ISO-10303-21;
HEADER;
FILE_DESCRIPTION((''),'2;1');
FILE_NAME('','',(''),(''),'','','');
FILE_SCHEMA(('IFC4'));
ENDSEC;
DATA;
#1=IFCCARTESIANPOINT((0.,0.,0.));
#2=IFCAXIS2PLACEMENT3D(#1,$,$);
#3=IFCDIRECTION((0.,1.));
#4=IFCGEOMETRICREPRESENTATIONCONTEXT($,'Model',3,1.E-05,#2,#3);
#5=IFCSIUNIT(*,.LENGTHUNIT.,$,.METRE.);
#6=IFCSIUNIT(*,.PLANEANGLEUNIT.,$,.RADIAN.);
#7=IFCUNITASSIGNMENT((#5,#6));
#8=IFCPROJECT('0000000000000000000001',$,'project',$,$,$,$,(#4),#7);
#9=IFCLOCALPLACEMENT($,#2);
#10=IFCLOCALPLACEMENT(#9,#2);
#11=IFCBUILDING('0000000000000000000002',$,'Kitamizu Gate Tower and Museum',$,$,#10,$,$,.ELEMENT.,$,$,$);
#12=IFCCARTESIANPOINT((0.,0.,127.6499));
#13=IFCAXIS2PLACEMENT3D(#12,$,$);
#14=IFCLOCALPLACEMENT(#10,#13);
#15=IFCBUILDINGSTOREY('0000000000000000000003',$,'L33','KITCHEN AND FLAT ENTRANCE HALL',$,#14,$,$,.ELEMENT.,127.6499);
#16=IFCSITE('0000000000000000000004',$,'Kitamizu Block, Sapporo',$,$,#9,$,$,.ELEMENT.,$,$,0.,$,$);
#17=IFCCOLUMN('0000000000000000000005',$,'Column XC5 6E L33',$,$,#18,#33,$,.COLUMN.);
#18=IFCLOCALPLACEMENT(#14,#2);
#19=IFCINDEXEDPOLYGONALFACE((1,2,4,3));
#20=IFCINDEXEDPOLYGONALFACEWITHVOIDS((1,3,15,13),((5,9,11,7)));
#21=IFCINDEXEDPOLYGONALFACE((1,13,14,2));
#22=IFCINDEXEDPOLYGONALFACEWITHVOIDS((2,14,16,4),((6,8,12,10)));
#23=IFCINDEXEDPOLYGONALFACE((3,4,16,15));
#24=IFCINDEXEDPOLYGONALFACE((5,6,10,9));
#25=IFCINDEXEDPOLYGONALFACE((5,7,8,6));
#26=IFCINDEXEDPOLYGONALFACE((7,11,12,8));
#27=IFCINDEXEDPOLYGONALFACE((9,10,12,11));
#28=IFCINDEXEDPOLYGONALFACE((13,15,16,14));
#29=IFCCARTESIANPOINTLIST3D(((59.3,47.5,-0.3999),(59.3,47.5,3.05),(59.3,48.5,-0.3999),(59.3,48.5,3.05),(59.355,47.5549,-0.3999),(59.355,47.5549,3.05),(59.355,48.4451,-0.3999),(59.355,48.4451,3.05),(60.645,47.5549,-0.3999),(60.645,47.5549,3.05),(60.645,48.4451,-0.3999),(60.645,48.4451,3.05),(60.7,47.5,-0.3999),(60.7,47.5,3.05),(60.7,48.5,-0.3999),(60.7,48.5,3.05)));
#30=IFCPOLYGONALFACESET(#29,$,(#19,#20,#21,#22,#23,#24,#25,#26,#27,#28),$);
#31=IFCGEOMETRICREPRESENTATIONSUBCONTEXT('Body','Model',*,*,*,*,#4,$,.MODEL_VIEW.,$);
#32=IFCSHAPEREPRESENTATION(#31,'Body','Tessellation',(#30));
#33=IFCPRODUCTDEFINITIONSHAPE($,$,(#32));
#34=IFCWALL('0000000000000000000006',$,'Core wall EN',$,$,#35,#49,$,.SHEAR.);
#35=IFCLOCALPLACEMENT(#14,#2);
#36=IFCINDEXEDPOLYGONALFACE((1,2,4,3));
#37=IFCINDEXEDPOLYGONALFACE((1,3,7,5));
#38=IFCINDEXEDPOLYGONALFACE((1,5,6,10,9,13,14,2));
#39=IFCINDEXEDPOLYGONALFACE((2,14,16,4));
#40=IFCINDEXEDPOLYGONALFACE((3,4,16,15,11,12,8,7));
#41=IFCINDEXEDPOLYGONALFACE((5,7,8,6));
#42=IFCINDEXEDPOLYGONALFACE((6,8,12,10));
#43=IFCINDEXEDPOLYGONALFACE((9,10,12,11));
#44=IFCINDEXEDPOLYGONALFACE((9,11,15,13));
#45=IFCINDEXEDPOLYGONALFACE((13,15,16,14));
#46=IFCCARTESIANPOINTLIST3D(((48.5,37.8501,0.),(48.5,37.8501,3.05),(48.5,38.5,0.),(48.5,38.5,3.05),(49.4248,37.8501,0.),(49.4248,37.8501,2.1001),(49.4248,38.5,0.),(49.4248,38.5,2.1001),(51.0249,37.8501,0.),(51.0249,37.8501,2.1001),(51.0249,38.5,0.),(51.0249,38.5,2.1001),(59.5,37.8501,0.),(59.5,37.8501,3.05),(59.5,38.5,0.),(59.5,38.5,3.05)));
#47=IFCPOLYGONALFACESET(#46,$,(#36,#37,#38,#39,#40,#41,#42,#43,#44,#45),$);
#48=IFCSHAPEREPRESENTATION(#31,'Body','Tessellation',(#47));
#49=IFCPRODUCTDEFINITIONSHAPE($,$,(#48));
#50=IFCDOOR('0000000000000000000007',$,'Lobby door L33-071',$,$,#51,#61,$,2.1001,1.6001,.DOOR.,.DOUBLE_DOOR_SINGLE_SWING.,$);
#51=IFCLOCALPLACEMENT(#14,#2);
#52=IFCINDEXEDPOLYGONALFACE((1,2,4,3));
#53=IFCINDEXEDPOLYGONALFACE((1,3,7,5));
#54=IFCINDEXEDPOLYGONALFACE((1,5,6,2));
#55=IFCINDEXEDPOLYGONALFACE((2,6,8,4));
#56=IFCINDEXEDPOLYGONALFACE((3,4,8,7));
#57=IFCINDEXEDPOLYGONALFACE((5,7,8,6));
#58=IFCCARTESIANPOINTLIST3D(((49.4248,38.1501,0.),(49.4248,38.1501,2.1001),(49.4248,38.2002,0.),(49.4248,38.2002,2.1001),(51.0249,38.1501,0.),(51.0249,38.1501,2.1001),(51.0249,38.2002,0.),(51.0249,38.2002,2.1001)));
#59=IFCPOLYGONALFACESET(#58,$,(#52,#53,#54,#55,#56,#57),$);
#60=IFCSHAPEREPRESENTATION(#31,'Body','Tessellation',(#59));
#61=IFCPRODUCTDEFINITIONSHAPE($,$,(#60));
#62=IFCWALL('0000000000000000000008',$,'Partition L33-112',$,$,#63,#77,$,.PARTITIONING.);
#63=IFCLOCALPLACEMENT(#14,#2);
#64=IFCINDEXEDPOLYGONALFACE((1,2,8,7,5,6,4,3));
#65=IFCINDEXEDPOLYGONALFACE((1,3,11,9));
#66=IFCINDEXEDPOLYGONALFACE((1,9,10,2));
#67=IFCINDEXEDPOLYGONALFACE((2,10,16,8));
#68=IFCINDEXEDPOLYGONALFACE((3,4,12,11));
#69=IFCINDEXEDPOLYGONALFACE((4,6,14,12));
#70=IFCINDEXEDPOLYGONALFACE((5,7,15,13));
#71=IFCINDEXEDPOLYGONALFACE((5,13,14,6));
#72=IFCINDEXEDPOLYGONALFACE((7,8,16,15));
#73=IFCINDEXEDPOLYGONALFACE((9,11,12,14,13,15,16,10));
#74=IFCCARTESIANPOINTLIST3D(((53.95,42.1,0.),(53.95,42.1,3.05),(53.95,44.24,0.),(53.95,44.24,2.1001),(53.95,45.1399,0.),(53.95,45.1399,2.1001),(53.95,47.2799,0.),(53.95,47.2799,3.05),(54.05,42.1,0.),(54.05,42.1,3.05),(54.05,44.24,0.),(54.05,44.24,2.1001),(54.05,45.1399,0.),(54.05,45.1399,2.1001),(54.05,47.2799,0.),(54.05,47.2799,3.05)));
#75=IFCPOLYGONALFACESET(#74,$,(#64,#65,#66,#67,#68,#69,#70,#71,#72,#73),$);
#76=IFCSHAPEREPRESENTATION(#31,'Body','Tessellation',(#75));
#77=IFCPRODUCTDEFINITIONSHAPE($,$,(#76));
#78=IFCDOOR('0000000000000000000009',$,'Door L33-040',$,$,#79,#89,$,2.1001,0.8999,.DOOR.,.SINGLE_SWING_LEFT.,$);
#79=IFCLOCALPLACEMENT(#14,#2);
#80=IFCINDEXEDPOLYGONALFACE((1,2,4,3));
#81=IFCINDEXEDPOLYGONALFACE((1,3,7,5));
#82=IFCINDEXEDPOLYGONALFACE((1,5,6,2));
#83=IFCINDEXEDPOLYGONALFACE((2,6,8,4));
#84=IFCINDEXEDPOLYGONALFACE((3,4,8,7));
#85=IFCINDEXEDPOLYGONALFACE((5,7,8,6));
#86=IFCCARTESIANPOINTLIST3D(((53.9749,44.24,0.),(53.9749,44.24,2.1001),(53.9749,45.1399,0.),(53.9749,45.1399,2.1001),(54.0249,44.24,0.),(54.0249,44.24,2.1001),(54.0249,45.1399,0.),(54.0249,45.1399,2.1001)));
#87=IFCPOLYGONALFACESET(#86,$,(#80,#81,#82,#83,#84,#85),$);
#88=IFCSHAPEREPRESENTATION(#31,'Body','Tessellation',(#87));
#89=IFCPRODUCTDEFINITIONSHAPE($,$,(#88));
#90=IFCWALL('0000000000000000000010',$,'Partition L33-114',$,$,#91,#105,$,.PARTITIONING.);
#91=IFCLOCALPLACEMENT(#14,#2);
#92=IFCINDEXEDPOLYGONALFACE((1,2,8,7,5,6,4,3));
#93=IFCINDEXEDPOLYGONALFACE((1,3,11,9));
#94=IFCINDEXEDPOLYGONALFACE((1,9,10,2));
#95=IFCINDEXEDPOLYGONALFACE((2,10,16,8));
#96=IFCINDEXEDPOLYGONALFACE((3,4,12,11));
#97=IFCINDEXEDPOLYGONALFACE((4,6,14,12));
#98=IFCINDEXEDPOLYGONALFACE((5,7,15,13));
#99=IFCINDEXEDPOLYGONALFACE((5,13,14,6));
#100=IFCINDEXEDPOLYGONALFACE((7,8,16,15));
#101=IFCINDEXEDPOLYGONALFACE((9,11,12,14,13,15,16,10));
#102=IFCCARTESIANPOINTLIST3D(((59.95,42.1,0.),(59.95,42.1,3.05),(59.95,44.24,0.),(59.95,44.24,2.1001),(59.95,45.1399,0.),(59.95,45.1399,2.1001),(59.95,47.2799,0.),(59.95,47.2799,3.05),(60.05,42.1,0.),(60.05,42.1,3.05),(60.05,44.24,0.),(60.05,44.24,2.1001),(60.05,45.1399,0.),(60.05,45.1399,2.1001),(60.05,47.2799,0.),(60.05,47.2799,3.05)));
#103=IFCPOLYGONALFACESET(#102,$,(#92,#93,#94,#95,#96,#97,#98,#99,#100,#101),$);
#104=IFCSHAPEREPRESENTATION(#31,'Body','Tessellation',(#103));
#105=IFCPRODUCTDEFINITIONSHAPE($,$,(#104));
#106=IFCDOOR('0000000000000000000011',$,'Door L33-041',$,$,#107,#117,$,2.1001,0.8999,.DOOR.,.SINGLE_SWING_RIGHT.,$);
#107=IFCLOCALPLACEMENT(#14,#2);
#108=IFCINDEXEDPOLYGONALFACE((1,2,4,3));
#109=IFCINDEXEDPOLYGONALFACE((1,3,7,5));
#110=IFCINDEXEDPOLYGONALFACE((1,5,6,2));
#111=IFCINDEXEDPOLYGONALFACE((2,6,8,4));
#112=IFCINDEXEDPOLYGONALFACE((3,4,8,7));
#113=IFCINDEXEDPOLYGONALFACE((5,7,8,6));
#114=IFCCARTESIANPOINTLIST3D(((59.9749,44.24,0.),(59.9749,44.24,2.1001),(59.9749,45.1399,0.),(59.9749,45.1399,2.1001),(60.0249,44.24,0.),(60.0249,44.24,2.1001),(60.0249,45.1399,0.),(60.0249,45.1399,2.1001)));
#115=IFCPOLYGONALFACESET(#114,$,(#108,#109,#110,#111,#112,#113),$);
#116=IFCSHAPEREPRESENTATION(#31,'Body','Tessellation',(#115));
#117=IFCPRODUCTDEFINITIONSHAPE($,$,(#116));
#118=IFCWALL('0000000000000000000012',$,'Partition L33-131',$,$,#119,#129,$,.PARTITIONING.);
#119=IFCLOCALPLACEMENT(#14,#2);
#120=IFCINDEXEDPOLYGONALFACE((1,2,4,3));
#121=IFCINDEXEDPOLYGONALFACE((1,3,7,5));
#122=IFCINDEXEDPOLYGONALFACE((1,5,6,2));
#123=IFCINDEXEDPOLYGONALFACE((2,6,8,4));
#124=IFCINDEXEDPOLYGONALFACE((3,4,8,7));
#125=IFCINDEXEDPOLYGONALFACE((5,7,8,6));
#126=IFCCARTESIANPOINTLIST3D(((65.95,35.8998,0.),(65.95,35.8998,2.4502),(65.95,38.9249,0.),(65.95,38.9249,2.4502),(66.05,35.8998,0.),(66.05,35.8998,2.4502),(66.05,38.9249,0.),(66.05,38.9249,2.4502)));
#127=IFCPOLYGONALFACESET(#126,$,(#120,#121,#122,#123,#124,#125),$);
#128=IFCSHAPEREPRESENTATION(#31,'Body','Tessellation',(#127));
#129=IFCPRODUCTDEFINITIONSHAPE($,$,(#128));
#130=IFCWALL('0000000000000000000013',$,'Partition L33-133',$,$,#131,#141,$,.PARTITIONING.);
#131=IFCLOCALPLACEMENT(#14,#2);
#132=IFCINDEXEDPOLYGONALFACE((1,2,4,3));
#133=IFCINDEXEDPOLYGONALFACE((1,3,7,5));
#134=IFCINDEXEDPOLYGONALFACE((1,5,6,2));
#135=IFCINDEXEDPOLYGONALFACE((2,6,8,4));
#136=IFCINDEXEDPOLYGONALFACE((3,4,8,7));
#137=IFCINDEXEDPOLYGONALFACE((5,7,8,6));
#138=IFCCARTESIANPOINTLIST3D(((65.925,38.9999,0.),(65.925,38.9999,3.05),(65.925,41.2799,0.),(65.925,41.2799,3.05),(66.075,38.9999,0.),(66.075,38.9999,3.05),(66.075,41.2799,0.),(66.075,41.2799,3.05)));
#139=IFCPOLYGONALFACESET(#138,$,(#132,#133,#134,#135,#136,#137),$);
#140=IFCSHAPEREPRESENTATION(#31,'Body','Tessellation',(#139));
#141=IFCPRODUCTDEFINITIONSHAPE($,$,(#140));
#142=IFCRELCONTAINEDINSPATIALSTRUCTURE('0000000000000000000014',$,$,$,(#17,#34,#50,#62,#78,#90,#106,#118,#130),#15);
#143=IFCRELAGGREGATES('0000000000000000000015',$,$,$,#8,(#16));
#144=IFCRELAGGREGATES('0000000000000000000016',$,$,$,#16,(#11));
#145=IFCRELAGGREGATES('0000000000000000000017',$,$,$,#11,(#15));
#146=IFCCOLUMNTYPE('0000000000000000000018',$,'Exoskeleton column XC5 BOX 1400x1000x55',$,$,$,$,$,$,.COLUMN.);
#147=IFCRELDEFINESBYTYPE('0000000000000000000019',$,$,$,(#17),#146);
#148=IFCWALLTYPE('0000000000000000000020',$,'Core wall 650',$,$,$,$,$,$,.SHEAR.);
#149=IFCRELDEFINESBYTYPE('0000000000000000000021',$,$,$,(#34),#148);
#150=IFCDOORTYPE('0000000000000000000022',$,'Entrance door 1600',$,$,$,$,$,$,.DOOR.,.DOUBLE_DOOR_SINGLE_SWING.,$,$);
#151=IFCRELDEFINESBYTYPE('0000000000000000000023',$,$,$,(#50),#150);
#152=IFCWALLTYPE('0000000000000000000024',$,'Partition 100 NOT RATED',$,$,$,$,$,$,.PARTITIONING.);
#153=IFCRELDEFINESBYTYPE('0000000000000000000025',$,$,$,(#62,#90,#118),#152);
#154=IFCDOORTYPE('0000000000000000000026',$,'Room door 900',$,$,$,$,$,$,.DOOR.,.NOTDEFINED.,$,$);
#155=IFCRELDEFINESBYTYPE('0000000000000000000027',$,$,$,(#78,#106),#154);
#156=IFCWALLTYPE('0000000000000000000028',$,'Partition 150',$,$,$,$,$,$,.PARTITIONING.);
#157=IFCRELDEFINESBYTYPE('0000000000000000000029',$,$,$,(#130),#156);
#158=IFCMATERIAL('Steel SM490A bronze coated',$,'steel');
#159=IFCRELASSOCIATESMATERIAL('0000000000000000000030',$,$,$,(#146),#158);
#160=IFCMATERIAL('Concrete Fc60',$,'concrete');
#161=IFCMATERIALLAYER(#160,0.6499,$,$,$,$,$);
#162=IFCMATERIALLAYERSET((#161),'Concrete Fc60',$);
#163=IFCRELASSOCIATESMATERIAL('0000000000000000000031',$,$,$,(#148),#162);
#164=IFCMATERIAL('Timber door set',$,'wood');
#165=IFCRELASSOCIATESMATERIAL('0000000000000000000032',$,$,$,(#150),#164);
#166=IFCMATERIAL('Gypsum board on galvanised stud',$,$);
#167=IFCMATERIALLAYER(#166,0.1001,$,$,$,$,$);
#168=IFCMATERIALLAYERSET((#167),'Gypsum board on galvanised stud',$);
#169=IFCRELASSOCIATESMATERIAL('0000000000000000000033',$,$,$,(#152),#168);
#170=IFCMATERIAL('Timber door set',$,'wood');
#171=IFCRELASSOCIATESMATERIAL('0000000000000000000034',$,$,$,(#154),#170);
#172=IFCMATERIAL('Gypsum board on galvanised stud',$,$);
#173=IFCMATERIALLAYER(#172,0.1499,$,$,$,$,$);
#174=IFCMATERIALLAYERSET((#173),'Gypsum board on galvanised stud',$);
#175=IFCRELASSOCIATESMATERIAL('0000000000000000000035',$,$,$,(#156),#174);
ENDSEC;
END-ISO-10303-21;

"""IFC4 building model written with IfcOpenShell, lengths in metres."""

from ifc_helpers import new_model, si_unit, direction, frame, frame_2d, origin, origin_2d, place, context, subcontext, project, spatial, rectangle, hollow_rectangle, extrude, material, layer, layer_set, material_profile, profile_set, type_object, element, fill, save


model = new_model("IFC4")

# Units and contexts
model_context = context("Model", 3, precision=1e-05, world=origin(), true_north=direction((0.0, 1.0)))
body_context = subcontext(model_context, "Body", "Model", "MODEL_VIEW")
ifc_project = project(units=[si_unit("LENGTHUNIT", "METRE"), si_unit("PLANEANGLEUNIT", "RADIAN")], contexts=[model_context])

# Site, building, storey
site_placement = place(None, origin())
site = spatial("IfcSite", under=ifc_project, at=site_placement, Name="Kitamizu Block, Sapporo", CompositionType="ELEMENT", RefElevation=0.0)
building_placement = place(site_placement, origin())
building = spatial("IfcBuilding", under=site, at=building_placement, Name="Kitamizu Gate Tower and Museum", CompositionType="ELEMENT")
storey_placement = place(building_placement, frame((0.0, 0.0, 127.6499)))
storey = spatial("IfcBuildingStorey", under=building, at=storey_placement, Name="L33", Description="KITCHEN AND FLAT ENTRANCE HALL", CompositionType="ELEMENT", Elevation=127.6499)

# Column
ifc_material_1 = material(Name="Steel SM490A bronze coated", Category="steel")
ifc_material_profile = material_profile(ifc_material_1, hollow_rectangle(XDim=1.3999, YDim=1.0, WallThickness=0.0549, at=origin_2d()), Name="BOX 1400x1000x55")
ifc_profile_set = profile_set([ifc_material_profile], Name="Steel SM490A bronze coated")
column_type = type_object("IfcColumnType", Name="Exoskeleton column XC5 BOX 1400x1000x55", PredefinedType="COLUMN", material=ifc_profile_set)
column_placement = place(storey_placement, frame((60.0, 48.0, -0.3999), z_axis=(0.0, 0.0, 1.0), x_axis=(1.0, 0.0, 0.0)))
element("IfcColumn", 1, at=column_placement, inside=storey, type_object=column_type, Name="Column XC5 6E L33", PredefinedType="COLUMN", context=body_context, shape_type="SweptSolid", body=[
    extrude(hollow_rectangle(XDim=1.3999, YDim=1.0, WallThickness=0.0549, at=origin_2d()), origin(), (0.0, 0.0, 1.0), 3.45),
])

# Walls, openings, doors
ifc_material_2 = material(Name="Concrete Fc60", Category="concrete")
ifc_layer_1 = layer(ifc_material_2, 0.6499)
ifc_layer_set_1 = layer_set([ifc_layer_1], Name="Concrete Fc60")
wall_type_1 = type_object("IfcWallType", Name="Core wall 650", PredefinedType="SHEAR", material=ifc_layer_set_1)
wall_1_placement = place(storey_placement, frame((59.5, 38.175, 0.0), z_axis=(0.0, 0.0, 1.0), x_axis=(-1.0, 0.0, 0.0)))
wall_1 = element("IfcWall", 2, at=wall_1_placement, inside=storey, type_object=wall_type_1, Name="Core wall EN", PredefinedType="SHEAR", context=body_context, shape_type="SweptSolid", body=[
    extrude(rectangle(XDim=11.0, YDim=0.6499, at=frame_2d((5.5, 0.0))), origin(), (0.0, 0.0, 1.0), 3.05),
])
opening_1_placement = place(wall_1_placement, frame((8.4751, 0.0, 0.0)))
opening_1 = element("IfcOpeningElement", 3, at=opening_1_placement, cuts=wall_1, PredefinedType="OPENING", context=body_context, shape_type="SweptSolid", body=[
    extrude(rectangle(XDim=1.6001, YDim=2.1001, at=frame_2d((0.8, 1.05))), frame((0.0, 0.335, 0.0), z_axis=(0.0, -1.0, 0.0), x_axis=(1.0, 0.0, 0.0)), (0.0, 0.0, 1.0), 0.6699),
])
ifc_material_3 = material(Name="Timber door set", Category="wood")
door_type_1 = type_object("IfcDoorType", Name="Entrance door 1600", OperationType="DOUBLE_DOOR_SINGLE_SWING", PredefinedType="DOOR", material=ifc_material_3)
door_1_placement = place(opening_1_placement, origin())
door_1 = element("IfcDoor", 4, at=door_1_placement, inside=storey, type_object=door_type_1, Name="Lobby door L33-071", OperationType="DOUBLE_DOOR_SINGLE_SWING", OverallHeight=2.1001, OverallWidth=1.6001, PredefinedType="DOOR", context=body_context, shape_type="SweptSolid", body=[
    extrude(rectangle(XDim=1.6001, YDim=2.1001, at=frame_2d((0.8, 1.05))), frame((0.0, 0.0249, 0.0), z_axis=(0.0, -1.0, 0.0), x_axis=(1.0, 0.0, 0.0)), (0.0, 0.0, 1.0), 0.05),
])
fill(opening_1, door_1)
ifc_material_4 = material(Name="Gypsum board on galvanised stud")
ifc_layer_2 = layer(ifc_material_4, 0.1001)
ifc_layer_set_2 = layer_set([ifc_layer_2], Name="Gypsum board on galvanised stud")
wall_type_2 = type_object("IfcWallType", Name="Partition 100 NOT RATED", PredefinedType="PARTITIONING", material=ifc_layer_set_2)
wall_2_placement = place(storey_placement, frame((54.0, 42.1001, 0.0), z_axis=(0.0, 0.0, 1.0), x_axis=(0.0, 1.0, 0.0)))
wall_2 = element("IfcWall", 5, at=wall_2_placement, inside=storey, type_object=wall_type_2, Name="Partition L33-112", PredefinedType="PARTITIONING", context=body_context, shape_type="SweptSolid", body=[
    extrude(rectangle(XDim=5.1799, YDim=0.1001, at=frame_2d((2.5898, 0.0))), origin(), (0.0, 0.0, 1.0), 3.05),
])
opening_2_placement = place(wall_2_placement, frame((2.1399, 0.0, 0.0)))
opening_2 = element("IfcOpeningElement", 6, at=opening_2_placement, cuts=wall_2, PredefinedType="OPENING", context=body_context, shape_type="SweptSolid", body=[
    extrude(rectangle(XDim=0.8999, YDim=2.1001, at=frame_2d((0.45, 1.05))), frame((0.0, 0.0601, 0.0), z_axis=(0.0, -1.0, 0.0), x_axis=(1.0, 0.0, 0.0)), (0.0, 0.0, 1.0), 0.1201),
])
ifc_material_5 = material(Name="Timber door set", Category="wood")
door_type_2 = type_object("IfcDoorType", Name="Room door 900", OperationType="NOTDEFINED", PredefinedType="DOOR", material=ifc_material_5)
door_2_placement = place(opening_2_placement, frame((0.8999, 0.0, 0.0), x_axis=(-1.0, 0.0, 0.0)))
door_2 = element("IfcDoor", 7, at=door_2_placement, inside=storey, type_object=door_type_2, Name="Door L33-040", OperationType="SINGLE_SWING_LEFT", OverallHeight=2.1001, OverallWidth=0.8999, PredefinedType="DOOR", context=body_context, shape_type="SweptSolid", body=[
    extrude(rectangle(XDim=0.8999, YDim=2.1001, at=frame_2d((0.45, 1.05))), frame((0.0, 0.0249, 0.0), z_axis=(0.0, -1.0, 0.0), x_axis=(1.0, 0.0, 0.0)), (0.0, 0.0, 1.0), 0.05),
])
fill(opening_2, door_2)
wall_3_placement = place(storey_placement, frame((60.0, 42.1001, 0.0), z_axis=(0.0, 0.0, 1.0), x_axis=(0.0, 1.0, 0.0)))
wall_3 = element("IfcWall", 8, at=wall_3_placement, inside=storey, type_object=wall_type_2, Name="Partition L33-114", PredefinedType="PARTITIONING", context=body_context, shape_type="SweptSolid", body=[
    extrude(rectangle(XDim=5.1799, YDim=0.1001, at=frame_2d((2.5898, 0.0))), origin(), (0.0, 0.0, 1.0), 3.05),
])
opening_3_placement = place(wall_3_placement, frame((2.1399, 0.0, 0.0)))
opening_3 = element("IfcOpeningElement", 9, at=opening_3_placement, cuts=wall_3, PredefinedType="OPENING", context=body_context, shape_type="SweptSolid", body=[
    extrude(rectangle(XDim=0.8999, YDim=2.1001, at=frame_2d((0.45, 1.05))), frame((0.0, 0.0601, 0.0), z_axis=(0.0, -1.0, 0.0), x_axis=(1.0, 0.0, 0.0)), (0.0, 0.0, 1.0), 0.1201),
])
door_3_placement = place(opening_3_placement, frame((0.8999, 0.0, 0.0), x_axis=(-1.0, 0.0, 0.0)))
door_3 = element("IfcDoor", 10, at=door_3_placement, inside=storey, type_object=door_type_2, Name="Door L33-041", OperationType="SINGLE_SWING_RIGHT", OverallHeight=2.1001, OverallWidth=0.8999, PredefinedType="DOOR", context=body_context, shape_type="SweptSolid", body=[
    extrude(rectangle(XDim=0.8999, YDim=2.1001, at=frame_2d((0.45, 1.05))), frame((0.0, 0.0249, 0.0), z_axis=(0.0, -1.0, 0.0), x_axis=(1.0, 0.0, 0.0)), (0.0, 0.0, 1.0), 0.05),
])
fill(opening_3, door_3)

# Walls
wall_4_placement = place(storey_placement, frame((66.0, 38.925, 0.0), z_axis=(0.0, 0.0, 1.0), x_axis=(0.0, -1.0, 0.0)))
element("IfcWall", 11, at=wall_4_placement, inside=storey, type_object=wall_type_2, Name="Partition L33-131", PredefinedType="PARTITIONING", context=body_context, shape_type="SweptSolid", body=[
    extrude(rectangle(XDim=3.0251, YDim=0.1001, at=frame_2d((1.5127, 0.0))), origin(), (0.0, 0.0, 1.0), 2.4502),
])
ifc_material_6 = material(Name="Gypsum board on galvanised stud")
ifc_layer_3 = layer(ifc_material_6, 0.1499)
ifc_layer_set_3 = layer_set([ifc_layer_3], Name="Gypsum board on galvanised stud")
wall_type_3 = type_object("IfcWallType", Name="Partition 150", PredefinedType="PARTITIONING", material=ifc_layer_set_3)
wall_5_placement = place(storey_placement, frame((66.0, 41.28, 0.0), z_axis=(0.0, 0.0, 1.0), x_axis=(0.0, -1.0, 0.0)))
element("IfcWall", 12, at=wall_5_placement, inside=storey, type_object=wall_type_3, Name="Partition L33-133", PredefinedType="PARTITIONING", context=body_context, shape_type="SweptSolid", body=[
    extrude(rectangle(XDim=2.28, YDim=0.1499, at=frame_2d((1.1401, 0.0))), origin(), (0.0, 0.0, 1.0), 3.05),
])

save(model, "model.ifc")
